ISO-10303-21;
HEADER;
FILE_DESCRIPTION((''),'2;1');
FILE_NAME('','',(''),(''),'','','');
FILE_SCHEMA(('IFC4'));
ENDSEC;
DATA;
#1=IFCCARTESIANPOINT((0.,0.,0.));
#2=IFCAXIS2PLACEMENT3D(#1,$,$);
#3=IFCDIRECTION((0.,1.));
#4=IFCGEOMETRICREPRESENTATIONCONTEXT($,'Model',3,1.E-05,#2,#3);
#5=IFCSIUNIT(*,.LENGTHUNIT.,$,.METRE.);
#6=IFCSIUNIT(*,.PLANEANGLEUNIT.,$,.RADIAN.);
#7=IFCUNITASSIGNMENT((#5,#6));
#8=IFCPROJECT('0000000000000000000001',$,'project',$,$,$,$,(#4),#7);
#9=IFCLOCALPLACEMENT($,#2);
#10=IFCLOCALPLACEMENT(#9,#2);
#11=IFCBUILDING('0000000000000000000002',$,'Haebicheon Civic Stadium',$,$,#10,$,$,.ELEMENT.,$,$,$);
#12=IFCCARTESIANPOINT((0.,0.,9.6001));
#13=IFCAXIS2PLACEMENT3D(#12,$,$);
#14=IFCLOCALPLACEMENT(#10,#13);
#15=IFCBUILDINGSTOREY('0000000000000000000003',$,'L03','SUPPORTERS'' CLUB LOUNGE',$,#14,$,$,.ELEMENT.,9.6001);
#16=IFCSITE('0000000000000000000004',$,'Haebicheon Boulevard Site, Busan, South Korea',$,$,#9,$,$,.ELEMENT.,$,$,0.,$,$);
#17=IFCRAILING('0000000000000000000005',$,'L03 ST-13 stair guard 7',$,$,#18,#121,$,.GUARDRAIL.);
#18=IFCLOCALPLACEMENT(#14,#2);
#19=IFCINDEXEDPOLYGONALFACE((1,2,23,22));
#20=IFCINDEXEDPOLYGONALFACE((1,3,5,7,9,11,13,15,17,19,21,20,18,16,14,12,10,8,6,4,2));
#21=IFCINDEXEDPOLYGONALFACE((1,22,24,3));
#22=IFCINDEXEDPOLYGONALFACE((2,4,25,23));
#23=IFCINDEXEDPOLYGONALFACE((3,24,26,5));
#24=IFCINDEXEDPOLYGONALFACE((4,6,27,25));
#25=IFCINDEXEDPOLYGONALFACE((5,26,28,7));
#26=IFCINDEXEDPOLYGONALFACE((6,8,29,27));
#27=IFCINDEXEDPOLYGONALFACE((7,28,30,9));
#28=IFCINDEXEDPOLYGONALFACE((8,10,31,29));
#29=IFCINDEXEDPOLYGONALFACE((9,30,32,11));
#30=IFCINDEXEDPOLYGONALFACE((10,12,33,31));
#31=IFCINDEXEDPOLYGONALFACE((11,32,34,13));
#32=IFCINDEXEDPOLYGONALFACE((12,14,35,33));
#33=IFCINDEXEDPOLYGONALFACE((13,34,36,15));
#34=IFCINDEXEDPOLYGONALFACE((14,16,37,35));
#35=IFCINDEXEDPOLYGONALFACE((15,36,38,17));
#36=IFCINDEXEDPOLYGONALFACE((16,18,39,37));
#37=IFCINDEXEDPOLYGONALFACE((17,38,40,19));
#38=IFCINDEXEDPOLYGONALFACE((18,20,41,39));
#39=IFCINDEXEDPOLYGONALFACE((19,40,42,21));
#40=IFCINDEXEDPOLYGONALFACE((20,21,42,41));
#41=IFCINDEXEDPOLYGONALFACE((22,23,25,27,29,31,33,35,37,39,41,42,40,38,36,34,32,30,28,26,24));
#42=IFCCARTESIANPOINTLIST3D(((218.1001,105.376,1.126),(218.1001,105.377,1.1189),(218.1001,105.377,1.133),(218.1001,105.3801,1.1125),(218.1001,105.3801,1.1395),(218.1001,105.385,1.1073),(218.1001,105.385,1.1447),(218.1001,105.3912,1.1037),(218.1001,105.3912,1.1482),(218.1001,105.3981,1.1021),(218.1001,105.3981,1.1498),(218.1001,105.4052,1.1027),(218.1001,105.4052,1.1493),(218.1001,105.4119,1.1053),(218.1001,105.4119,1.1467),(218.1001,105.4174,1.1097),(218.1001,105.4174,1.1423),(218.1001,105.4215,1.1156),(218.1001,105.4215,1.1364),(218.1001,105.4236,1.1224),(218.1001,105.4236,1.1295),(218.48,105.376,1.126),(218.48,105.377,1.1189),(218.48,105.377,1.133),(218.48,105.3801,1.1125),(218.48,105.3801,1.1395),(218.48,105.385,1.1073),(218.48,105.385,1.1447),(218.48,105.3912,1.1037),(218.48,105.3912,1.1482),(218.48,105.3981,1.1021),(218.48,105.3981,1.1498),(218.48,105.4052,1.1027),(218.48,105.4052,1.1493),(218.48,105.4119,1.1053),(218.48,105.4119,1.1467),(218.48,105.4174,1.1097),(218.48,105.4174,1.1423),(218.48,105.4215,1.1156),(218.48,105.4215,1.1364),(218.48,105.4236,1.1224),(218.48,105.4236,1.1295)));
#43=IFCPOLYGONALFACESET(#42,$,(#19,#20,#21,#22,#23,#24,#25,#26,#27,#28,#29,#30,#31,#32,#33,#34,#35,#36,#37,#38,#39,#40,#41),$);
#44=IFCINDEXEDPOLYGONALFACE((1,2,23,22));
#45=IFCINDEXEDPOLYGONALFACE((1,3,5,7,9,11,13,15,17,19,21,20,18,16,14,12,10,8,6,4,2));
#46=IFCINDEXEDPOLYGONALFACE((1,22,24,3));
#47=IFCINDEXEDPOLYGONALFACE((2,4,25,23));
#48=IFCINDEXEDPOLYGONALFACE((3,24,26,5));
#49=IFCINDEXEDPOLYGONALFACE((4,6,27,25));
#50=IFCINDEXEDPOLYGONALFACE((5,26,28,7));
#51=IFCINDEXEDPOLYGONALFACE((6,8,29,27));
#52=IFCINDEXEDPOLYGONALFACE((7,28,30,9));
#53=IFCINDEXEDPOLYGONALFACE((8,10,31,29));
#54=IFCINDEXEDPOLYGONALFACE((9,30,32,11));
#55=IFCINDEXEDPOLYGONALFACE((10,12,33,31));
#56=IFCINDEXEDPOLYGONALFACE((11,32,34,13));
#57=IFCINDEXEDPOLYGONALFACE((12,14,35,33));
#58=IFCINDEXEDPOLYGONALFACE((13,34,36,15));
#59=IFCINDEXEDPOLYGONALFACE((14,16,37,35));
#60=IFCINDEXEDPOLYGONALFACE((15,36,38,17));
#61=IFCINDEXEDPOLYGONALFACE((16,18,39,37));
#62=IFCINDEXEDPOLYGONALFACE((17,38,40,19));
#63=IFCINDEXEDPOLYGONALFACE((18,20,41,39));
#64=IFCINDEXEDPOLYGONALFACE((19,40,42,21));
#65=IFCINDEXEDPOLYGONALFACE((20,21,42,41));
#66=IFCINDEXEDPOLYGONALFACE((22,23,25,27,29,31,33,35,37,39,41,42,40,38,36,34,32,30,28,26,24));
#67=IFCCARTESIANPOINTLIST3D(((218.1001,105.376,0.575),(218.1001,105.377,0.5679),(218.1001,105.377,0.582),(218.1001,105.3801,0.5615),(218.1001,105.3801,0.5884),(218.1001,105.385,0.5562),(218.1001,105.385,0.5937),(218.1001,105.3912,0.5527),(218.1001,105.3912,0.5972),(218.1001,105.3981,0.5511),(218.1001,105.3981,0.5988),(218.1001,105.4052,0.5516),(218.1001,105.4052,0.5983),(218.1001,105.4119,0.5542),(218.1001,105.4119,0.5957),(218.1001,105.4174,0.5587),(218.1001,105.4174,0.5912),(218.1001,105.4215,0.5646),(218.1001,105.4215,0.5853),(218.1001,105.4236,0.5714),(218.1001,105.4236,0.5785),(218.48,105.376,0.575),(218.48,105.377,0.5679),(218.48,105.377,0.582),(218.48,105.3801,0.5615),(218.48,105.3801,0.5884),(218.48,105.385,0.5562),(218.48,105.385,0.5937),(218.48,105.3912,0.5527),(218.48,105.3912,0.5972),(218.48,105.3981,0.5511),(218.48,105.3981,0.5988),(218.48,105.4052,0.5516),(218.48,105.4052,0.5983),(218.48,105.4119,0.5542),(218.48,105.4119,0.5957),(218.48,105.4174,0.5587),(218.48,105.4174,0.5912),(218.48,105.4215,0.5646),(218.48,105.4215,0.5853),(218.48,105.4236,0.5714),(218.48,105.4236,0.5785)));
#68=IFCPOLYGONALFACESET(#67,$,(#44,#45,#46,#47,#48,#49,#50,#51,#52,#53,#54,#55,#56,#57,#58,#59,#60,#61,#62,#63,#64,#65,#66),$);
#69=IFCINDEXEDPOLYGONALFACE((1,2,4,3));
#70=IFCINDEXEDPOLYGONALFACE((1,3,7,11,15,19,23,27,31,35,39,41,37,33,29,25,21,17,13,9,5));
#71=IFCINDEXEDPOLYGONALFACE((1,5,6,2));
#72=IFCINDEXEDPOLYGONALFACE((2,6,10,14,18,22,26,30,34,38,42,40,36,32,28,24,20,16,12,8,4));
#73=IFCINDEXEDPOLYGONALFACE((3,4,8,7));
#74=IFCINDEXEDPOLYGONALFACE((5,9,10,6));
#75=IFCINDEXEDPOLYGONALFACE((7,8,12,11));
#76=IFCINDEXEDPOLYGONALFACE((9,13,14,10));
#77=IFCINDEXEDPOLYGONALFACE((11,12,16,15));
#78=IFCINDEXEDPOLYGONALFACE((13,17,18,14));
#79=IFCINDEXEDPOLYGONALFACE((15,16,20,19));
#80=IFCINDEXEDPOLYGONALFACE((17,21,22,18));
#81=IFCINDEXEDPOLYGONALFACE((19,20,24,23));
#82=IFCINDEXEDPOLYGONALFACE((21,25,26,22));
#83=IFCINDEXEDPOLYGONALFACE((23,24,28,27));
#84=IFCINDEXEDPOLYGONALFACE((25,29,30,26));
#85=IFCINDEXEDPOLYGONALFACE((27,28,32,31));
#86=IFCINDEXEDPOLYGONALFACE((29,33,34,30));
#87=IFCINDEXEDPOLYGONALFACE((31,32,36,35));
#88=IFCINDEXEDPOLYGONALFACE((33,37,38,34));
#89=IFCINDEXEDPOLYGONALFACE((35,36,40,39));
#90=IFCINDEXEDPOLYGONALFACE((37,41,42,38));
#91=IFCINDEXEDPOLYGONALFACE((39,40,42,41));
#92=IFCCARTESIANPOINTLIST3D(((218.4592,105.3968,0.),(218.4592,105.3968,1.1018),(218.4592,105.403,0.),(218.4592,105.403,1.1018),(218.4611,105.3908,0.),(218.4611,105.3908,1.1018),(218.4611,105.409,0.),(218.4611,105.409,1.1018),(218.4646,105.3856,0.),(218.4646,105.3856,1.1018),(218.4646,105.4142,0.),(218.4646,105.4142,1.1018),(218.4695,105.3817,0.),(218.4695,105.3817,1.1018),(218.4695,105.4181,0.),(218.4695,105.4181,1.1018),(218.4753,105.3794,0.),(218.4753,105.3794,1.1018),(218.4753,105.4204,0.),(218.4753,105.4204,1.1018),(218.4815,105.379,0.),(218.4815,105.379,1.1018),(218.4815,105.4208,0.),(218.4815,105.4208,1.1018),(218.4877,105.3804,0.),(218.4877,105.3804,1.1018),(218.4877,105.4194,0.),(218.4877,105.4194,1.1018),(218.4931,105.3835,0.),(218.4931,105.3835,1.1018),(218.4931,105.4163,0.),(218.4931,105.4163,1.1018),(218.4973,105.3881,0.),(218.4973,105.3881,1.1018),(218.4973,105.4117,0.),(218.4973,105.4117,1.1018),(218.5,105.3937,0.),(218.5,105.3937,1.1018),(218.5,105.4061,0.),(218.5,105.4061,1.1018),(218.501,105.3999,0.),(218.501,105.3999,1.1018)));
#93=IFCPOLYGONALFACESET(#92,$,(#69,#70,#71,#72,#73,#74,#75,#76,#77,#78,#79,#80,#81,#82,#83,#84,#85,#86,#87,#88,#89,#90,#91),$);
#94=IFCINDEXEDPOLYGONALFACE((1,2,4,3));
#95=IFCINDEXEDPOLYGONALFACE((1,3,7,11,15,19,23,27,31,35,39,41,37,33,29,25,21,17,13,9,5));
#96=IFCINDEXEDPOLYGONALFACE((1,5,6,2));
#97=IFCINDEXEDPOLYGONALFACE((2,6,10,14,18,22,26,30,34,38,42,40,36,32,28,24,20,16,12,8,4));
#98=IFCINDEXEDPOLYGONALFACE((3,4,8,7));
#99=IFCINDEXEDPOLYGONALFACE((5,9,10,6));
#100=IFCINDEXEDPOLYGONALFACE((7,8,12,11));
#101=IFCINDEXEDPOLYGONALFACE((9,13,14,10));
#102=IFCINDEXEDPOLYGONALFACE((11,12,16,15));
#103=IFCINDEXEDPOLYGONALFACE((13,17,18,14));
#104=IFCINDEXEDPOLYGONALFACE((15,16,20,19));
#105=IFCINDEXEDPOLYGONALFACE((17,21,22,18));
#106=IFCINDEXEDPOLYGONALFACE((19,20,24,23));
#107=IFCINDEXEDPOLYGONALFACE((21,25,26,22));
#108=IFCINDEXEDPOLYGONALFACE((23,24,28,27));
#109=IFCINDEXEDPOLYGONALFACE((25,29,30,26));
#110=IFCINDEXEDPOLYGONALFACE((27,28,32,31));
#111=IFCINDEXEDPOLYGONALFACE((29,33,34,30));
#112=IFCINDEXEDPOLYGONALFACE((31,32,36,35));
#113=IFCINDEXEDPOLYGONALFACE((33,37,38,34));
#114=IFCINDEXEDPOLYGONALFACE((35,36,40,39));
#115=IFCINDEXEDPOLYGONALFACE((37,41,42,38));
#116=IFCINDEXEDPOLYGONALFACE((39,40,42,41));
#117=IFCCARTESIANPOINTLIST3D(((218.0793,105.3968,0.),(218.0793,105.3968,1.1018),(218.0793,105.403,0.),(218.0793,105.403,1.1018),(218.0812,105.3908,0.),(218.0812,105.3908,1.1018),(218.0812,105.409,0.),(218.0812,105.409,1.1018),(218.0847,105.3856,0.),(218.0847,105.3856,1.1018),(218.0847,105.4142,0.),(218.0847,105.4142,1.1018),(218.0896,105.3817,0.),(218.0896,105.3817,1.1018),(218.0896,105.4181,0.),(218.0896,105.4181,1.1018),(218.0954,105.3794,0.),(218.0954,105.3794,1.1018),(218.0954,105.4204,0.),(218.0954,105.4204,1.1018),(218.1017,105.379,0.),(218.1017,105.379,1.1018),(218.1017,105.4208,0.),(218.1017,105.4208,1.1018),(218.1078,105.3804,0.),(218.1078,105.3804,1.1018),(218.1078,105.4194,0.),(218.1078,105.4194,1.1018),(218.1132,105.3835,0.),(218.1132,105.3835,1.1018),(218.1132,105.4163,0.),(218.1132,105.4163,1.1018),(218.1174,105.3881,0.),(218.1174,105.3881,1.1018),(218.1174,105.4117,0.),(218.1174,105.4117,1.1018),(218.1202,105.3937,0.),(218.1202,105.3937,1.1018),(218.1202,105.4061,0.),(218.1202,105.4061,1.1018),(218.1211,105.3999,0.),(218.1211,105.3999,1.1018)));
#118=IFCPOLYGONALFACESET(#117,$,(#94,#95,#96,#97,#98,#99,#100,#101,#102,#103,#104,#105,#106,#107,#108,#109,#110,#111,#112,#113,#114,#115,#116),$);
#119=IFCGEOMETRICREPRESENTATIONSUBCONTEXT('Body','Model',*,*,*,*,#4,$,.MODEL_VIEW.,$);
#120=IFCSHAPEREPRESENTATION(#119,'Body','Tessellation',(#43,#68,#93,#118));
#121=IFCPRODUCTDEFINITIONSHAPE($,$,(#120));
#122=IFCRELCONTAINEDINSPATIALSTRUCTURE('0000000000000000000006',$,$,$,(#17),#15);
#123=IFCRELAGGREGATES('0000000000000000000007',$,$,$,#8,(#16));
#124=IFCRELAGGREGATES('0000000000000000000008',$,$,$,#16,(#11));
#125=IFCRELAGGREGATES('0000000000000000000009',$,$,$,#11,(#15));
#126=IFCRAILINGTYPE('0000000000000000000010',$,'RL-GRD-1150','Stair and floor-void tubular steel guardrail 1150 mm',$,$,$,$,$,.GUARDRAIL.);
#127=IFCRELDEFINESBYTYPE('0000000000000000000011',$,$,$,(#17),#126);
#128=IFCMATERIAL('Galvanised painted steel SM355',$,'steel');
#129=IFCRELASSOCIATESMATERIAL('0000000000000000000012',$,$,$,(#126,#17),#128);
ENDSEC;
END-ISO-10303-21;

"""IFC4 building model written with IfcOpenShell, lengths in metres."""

from ifc_helpers import new_model, si_unit, direction, frame, origin, origin_2d, place, context, subcontext, project, spatial, circle, extrude, material, type_object, element, save


model = new_model("IFC4")

# Units and contexts
model_context = context("Model", 3, precision=1e-05, world=origin(), true_north=direction((0.0, 1.0)))
body_context = subcontext(model_context, "Body", "Model", "MODEL_VIEW")
ifc_project = project(units=[si_unit("LENGTHUNIT", "METRE"), si_unit("PLANEANGLEUNIT", "RADIAN")], contexts=[model_context])

# Site, building, storey
site_placement = place(None, origin())
site = spatial("IfcSite", under=ifc_project, at=site_placement, Name="Haebicheon Boulevard Site, Busan, South Korea", CompositionType="ELEMENT", RefElevation=0.0)
building_placement = place(site_placement, origin())
building = spatial("IfcBuilding", under=site, at=building_placement, Name="Haebicheon Civic Stadium", CompositionType="ELEMENT")
storey_placement = place(building_placement, frame((0.0, 0.0, 9.6001)))
storey = spatial("IfcBuildingStorey", under=building, at=storey_placement, Name="L03", Description="SUPPORTERS' CLUB LOUNGE", CompositionType="ELEMENT", Elevation=9.6001)

# Railing
ifc_material_1 = material(Name="Galvanised painted steel SM355", Category="steel")
railing_type_1 = type_object("IfcRailingType", Name="RL-GRD-1150", Description="Stair and floor-void tubular steel guardrail 1150 mm", PredefinedType="GUARDRAIL", material=ifc_material_1)
railing_1_placement = place(storey_placement, frame((218.48, 105.3999, 0.0)))
element("IfcRailing", 1, at=railing_1_placement, inside=storey, type_object=railing_type_1, material=ifc_material_1, Name="L03 ST-13 stair guard 7", PredefinedType="GUARDRAIL", context=body_context, shape_type="SweptSolid", body=[
    extrude(circle(Radius=0.0239, at=origin_2d()), frame((0.0, 0.0, 1.126), z_axis=(-1.0, 0.0, 0.0), x_axis=(0.0, -1.0, 0.0)), (0.0, 0.0, 1.0), 0.3799),
    extrude(circle(Radius=0.0239, at=origin_2d()), frame((0.0, 0.0, 0.575), z_axis=(-1.0, 0.0, 0.0), x_axis=(0.0, -1.0, 0.0)), (0.0, 0.0, 1.0), 0.3799),
    extrude(circle(Radius=0.021, at=origin_2d()), origin(), (0.0, 0.0, 1.0), 1.1018),
    extrude(circle(Radius=0.021, at=origin_2d()), frame((-0.3799, 0.0, 0.0)), (0.0, 0.0, 1.0), 1.1018),
])

save(model, "model.ifc")
